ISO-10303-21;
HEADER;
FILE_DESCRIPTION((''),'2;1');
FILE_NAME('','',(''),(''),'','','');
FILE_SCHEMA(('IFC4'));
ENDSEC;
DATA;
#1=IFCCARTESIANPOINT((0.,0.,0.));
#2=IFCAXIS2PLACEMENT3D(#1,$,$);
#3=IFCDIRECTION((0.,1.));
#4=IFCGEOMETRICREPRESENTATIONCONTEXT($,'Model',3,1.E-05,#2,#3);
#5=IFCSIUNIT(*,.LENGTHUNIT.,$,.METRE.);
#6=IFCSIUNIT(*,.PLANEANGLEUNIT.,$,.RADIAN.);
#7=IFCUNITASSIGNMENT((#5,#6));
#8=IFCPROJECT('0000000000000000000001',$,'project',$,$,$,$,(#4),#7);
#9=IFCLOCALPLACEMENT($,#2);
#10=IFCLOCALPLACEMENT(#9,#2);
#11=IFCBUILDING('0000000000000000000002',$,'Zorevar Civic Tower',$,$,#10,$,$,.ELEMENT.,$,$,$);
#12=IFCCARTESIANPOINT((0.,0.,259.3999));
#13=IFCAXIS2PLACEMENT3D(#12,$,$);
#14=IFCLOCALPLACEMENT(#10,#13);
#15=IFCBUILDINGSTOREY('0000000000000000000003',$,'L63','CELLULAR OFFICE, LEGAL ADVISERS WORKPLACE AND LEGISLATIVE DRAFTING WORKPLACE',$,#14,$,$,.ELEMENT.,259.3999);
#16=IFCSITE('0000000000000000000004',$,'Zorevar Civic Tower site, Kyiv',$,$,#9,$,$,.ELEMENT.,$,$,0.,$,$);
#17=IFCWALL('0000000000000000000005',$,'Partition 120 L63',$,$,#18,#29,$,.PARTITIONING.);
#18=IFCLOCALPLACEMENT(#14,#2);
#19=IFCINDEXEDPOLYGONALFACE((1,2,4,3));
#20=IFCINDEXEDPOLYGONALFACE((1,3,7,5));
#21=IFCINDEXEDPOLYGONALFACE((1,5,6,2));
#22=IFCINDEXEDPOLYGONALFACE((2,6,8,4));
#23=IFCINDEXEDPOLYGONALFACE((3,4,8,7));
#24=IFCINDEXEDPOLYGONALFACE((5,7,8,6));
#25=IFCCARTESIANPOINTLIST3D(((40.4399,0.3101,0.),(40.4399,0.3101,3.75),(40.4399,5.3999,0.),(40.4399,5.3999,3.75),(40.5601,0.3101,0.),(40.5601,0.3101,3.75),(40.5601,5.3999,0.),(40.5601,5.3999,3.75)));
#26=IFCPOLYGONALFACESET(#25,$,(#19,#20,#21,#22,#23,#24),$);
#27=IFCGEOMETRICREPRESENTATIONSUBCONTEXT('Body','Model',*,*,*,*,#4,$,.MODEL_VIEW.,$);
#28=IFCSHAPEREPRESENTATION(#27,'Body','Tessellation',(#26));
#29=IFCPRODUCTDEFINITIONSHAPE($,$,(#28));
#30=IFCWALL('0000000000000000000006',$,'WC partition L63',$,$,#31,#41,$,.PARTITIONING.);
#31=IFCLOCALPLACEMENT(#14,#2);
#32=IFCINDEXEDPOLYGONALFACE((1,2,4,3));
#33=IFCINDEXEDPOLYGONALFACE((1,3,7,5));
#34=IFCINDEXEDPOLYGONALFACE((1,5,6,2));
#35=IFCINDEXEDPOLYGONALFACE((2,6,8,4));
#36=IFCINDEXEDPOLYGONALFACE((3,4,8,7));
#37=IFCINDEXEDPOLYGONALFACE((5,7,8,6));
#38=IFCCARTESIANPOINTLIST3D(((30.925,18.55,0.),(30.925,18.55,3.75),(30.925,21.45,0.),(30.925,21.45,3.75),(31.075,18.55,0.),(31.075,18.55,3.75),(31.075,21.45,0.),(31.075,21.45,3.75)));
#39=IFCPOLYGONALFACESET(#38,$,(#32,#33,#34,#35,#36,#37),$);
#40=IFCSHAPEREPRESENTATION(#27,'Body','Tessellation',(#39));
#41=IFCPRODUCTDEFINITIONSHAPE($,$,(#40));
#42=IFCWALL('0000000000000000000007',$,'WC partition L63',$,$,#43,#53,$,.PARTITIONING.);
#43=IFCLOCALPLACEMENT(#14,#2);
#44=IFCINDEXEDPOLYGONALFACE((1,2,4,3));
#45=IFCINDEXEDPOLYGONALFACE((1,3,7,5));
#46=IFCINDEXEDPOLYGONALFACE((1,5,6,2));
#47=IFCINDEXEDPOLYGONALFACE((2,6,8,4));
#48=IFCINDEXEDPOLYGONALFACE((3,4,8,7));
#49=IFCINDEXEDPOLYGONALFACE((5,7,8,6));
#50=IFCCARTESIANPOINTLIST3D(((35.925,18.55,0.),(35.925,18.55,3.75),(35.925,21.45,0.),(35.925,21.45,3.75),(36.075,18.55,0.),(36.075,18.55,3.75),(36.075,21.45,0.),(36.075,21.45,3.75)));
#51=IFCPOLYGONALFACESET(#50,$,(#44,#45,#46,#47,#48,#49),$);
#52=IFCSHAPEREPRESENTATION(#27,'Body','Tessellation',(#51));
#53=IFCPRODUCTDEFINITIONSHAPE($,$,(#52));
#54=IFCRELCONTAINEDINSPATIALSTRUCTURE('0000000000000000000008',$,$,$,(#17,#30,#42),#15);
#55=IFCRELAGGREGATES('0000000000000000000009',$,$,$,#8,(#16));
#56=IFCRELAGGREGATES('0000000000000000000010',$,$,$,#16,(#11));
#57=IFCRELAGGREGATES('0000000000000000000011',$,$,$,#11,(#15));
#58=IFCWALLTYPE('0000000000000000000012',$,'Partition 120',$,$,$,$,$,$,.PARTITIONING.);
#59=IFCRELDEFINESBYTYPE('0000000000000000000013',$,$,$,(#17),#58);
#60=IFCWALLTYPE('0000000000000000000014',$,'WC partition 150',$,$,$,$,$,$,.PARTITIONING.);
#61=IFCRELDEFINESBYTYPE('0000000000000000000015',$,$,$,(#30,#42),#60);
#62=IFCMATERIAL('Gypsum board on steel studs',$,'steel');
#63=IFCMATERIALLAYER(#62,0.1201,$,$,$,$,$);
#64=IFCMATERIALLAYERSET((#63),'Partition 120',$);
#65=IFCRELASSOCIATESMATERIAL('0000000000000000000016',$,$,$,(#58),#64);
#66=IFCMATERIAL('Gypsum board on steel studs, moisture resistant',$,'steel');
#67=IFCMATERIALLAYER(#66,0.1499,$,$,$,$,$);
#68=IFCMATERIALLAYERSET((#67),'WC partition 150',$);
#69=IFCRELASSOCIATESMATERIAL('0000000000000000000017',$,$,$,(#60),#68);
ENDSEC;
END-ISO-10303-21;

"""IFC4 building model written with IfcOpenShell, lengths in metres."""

from ifc_helpers import new_model, si_unit, direction, frame, frame_2d, origin, place, context, subcontext, project, spatial, rectangle, extrude, material, layer, layer_set, type_object, element, save


model = new_model("IFC4")

# Units and contexts
model_context = context("Model", 3, precision=1e-05, world=origin(), true_north=direction((0.0, 1.0)))
body_context = subcontext(model_context, "Body", "Model", "MODEL_VIEW")
ifc_project = project(units=[si_unit("LENGTHUNIT", "METRE"), si_unit("PLANEANGLEUNIT", "RADIAN")], contexts=[model_context])

# Site, building, storey
site_placement = place(None, origin())
site = spatial("IfcSite", under=ifc_project, at=site_placement, Name="Zorevar Civic Tower site, Kyiv", CompositionType="ELEMENT", RefElevation=0.0)
building_placement = place(site_placement, origin())
building = spatial("IfcBuilding", under=site, at=building_placement, Name="Zorevar Civic Tower", CompositionType="ELEMENT")
storey_placement = place(building_placement, frame((0.0, 0.0, 259.3999)))
storey = spatial("IfcBuildingStorey", under=building, at=storey_placement, Name="L63", Description="CELLULAR OFFICE, LEGAL ADVISERS WORKPLACE AND LEGISLATIVE DRAFTING WORKPLACE", CompositionType="ELEMENT", Elevation=259.3999)

# Shared definitions
ifc_material_1 = material(Name="Gypsum board on steel studs", Category="steel")
ifc_layer_1 = layer(ifc_material_1, 0.1201)
ifc_layer_set_1 = layer_set([ifc_layer_1], Name="Partition 120")
wall_type_1 = type_object("IfcWallType", Name="Partition 120", PredefinedType="PARTITIONING", material=ifc_layer_set_1)

# Walls
wall_1_placement = place(storey_placement, frame((40.5, 0.3101, 0.0), z_axis=(0.0, 0.0, 1.0), x_axis=(0.0, 1.0, 0.0)))
element("IfcWall", 1, at=wall_1_placement, inside=storey, type_object=wall_type_1, Name="Partition 120 L63", PredefinedType="PARTITIONING", context=body_context, shape_type="SweptSolid", body=[
    extrude(rectangle(XDim=5.0898, YDim=0.1201, at=frame_2d((2.5449, 0.0))), origin(), (0.0, 0.0, 1.0), 3.75),
])
ifc_material_2 = material(Name="Gypsum board on steel studs, moisture resistant", Category="steel")
ifc_layer_2 = layer(ifc_material_2, 0.1499)
ifc_layer_set_2 = layer_set([ifc_layer_2], Name="WC partition 150")
wall_type_2 = type_object("IfcWallType", Name="WC partition 150", PredefinedType="PARTITIONING", material=ifc_layer_set_2)
for number, where, z_axis, x_axis, name in (
    (2, (31.0, 18.55, 0.0), (0.0, 0.0, 1.0), (0.0, 1.0, 0.0), "WC partition L63"),
    (3, (36.0, 18.55, 0.0), (0.0, 0.0, 1.0), (0.0, 1.0, 0.0), "WC partition L63"),
):
    element("IfcWall", number, at=place(storey_placement, frame(where, z_axis=z_axis, x_axis=x_axis)), inside=storey, type_object=wall_type_2, Name=name, PredefinedType="PARTITIONING", context=body_context, shape_type="SweptSolid", body=[
        extrude(rectangle(XDim=2.8999, YDim=0.1499, at=frame_2d((1.45, 0.0))), origin(), (0.0, 0.0, 1.0), 3.75),
    ])

save(model, "model.ifc")
